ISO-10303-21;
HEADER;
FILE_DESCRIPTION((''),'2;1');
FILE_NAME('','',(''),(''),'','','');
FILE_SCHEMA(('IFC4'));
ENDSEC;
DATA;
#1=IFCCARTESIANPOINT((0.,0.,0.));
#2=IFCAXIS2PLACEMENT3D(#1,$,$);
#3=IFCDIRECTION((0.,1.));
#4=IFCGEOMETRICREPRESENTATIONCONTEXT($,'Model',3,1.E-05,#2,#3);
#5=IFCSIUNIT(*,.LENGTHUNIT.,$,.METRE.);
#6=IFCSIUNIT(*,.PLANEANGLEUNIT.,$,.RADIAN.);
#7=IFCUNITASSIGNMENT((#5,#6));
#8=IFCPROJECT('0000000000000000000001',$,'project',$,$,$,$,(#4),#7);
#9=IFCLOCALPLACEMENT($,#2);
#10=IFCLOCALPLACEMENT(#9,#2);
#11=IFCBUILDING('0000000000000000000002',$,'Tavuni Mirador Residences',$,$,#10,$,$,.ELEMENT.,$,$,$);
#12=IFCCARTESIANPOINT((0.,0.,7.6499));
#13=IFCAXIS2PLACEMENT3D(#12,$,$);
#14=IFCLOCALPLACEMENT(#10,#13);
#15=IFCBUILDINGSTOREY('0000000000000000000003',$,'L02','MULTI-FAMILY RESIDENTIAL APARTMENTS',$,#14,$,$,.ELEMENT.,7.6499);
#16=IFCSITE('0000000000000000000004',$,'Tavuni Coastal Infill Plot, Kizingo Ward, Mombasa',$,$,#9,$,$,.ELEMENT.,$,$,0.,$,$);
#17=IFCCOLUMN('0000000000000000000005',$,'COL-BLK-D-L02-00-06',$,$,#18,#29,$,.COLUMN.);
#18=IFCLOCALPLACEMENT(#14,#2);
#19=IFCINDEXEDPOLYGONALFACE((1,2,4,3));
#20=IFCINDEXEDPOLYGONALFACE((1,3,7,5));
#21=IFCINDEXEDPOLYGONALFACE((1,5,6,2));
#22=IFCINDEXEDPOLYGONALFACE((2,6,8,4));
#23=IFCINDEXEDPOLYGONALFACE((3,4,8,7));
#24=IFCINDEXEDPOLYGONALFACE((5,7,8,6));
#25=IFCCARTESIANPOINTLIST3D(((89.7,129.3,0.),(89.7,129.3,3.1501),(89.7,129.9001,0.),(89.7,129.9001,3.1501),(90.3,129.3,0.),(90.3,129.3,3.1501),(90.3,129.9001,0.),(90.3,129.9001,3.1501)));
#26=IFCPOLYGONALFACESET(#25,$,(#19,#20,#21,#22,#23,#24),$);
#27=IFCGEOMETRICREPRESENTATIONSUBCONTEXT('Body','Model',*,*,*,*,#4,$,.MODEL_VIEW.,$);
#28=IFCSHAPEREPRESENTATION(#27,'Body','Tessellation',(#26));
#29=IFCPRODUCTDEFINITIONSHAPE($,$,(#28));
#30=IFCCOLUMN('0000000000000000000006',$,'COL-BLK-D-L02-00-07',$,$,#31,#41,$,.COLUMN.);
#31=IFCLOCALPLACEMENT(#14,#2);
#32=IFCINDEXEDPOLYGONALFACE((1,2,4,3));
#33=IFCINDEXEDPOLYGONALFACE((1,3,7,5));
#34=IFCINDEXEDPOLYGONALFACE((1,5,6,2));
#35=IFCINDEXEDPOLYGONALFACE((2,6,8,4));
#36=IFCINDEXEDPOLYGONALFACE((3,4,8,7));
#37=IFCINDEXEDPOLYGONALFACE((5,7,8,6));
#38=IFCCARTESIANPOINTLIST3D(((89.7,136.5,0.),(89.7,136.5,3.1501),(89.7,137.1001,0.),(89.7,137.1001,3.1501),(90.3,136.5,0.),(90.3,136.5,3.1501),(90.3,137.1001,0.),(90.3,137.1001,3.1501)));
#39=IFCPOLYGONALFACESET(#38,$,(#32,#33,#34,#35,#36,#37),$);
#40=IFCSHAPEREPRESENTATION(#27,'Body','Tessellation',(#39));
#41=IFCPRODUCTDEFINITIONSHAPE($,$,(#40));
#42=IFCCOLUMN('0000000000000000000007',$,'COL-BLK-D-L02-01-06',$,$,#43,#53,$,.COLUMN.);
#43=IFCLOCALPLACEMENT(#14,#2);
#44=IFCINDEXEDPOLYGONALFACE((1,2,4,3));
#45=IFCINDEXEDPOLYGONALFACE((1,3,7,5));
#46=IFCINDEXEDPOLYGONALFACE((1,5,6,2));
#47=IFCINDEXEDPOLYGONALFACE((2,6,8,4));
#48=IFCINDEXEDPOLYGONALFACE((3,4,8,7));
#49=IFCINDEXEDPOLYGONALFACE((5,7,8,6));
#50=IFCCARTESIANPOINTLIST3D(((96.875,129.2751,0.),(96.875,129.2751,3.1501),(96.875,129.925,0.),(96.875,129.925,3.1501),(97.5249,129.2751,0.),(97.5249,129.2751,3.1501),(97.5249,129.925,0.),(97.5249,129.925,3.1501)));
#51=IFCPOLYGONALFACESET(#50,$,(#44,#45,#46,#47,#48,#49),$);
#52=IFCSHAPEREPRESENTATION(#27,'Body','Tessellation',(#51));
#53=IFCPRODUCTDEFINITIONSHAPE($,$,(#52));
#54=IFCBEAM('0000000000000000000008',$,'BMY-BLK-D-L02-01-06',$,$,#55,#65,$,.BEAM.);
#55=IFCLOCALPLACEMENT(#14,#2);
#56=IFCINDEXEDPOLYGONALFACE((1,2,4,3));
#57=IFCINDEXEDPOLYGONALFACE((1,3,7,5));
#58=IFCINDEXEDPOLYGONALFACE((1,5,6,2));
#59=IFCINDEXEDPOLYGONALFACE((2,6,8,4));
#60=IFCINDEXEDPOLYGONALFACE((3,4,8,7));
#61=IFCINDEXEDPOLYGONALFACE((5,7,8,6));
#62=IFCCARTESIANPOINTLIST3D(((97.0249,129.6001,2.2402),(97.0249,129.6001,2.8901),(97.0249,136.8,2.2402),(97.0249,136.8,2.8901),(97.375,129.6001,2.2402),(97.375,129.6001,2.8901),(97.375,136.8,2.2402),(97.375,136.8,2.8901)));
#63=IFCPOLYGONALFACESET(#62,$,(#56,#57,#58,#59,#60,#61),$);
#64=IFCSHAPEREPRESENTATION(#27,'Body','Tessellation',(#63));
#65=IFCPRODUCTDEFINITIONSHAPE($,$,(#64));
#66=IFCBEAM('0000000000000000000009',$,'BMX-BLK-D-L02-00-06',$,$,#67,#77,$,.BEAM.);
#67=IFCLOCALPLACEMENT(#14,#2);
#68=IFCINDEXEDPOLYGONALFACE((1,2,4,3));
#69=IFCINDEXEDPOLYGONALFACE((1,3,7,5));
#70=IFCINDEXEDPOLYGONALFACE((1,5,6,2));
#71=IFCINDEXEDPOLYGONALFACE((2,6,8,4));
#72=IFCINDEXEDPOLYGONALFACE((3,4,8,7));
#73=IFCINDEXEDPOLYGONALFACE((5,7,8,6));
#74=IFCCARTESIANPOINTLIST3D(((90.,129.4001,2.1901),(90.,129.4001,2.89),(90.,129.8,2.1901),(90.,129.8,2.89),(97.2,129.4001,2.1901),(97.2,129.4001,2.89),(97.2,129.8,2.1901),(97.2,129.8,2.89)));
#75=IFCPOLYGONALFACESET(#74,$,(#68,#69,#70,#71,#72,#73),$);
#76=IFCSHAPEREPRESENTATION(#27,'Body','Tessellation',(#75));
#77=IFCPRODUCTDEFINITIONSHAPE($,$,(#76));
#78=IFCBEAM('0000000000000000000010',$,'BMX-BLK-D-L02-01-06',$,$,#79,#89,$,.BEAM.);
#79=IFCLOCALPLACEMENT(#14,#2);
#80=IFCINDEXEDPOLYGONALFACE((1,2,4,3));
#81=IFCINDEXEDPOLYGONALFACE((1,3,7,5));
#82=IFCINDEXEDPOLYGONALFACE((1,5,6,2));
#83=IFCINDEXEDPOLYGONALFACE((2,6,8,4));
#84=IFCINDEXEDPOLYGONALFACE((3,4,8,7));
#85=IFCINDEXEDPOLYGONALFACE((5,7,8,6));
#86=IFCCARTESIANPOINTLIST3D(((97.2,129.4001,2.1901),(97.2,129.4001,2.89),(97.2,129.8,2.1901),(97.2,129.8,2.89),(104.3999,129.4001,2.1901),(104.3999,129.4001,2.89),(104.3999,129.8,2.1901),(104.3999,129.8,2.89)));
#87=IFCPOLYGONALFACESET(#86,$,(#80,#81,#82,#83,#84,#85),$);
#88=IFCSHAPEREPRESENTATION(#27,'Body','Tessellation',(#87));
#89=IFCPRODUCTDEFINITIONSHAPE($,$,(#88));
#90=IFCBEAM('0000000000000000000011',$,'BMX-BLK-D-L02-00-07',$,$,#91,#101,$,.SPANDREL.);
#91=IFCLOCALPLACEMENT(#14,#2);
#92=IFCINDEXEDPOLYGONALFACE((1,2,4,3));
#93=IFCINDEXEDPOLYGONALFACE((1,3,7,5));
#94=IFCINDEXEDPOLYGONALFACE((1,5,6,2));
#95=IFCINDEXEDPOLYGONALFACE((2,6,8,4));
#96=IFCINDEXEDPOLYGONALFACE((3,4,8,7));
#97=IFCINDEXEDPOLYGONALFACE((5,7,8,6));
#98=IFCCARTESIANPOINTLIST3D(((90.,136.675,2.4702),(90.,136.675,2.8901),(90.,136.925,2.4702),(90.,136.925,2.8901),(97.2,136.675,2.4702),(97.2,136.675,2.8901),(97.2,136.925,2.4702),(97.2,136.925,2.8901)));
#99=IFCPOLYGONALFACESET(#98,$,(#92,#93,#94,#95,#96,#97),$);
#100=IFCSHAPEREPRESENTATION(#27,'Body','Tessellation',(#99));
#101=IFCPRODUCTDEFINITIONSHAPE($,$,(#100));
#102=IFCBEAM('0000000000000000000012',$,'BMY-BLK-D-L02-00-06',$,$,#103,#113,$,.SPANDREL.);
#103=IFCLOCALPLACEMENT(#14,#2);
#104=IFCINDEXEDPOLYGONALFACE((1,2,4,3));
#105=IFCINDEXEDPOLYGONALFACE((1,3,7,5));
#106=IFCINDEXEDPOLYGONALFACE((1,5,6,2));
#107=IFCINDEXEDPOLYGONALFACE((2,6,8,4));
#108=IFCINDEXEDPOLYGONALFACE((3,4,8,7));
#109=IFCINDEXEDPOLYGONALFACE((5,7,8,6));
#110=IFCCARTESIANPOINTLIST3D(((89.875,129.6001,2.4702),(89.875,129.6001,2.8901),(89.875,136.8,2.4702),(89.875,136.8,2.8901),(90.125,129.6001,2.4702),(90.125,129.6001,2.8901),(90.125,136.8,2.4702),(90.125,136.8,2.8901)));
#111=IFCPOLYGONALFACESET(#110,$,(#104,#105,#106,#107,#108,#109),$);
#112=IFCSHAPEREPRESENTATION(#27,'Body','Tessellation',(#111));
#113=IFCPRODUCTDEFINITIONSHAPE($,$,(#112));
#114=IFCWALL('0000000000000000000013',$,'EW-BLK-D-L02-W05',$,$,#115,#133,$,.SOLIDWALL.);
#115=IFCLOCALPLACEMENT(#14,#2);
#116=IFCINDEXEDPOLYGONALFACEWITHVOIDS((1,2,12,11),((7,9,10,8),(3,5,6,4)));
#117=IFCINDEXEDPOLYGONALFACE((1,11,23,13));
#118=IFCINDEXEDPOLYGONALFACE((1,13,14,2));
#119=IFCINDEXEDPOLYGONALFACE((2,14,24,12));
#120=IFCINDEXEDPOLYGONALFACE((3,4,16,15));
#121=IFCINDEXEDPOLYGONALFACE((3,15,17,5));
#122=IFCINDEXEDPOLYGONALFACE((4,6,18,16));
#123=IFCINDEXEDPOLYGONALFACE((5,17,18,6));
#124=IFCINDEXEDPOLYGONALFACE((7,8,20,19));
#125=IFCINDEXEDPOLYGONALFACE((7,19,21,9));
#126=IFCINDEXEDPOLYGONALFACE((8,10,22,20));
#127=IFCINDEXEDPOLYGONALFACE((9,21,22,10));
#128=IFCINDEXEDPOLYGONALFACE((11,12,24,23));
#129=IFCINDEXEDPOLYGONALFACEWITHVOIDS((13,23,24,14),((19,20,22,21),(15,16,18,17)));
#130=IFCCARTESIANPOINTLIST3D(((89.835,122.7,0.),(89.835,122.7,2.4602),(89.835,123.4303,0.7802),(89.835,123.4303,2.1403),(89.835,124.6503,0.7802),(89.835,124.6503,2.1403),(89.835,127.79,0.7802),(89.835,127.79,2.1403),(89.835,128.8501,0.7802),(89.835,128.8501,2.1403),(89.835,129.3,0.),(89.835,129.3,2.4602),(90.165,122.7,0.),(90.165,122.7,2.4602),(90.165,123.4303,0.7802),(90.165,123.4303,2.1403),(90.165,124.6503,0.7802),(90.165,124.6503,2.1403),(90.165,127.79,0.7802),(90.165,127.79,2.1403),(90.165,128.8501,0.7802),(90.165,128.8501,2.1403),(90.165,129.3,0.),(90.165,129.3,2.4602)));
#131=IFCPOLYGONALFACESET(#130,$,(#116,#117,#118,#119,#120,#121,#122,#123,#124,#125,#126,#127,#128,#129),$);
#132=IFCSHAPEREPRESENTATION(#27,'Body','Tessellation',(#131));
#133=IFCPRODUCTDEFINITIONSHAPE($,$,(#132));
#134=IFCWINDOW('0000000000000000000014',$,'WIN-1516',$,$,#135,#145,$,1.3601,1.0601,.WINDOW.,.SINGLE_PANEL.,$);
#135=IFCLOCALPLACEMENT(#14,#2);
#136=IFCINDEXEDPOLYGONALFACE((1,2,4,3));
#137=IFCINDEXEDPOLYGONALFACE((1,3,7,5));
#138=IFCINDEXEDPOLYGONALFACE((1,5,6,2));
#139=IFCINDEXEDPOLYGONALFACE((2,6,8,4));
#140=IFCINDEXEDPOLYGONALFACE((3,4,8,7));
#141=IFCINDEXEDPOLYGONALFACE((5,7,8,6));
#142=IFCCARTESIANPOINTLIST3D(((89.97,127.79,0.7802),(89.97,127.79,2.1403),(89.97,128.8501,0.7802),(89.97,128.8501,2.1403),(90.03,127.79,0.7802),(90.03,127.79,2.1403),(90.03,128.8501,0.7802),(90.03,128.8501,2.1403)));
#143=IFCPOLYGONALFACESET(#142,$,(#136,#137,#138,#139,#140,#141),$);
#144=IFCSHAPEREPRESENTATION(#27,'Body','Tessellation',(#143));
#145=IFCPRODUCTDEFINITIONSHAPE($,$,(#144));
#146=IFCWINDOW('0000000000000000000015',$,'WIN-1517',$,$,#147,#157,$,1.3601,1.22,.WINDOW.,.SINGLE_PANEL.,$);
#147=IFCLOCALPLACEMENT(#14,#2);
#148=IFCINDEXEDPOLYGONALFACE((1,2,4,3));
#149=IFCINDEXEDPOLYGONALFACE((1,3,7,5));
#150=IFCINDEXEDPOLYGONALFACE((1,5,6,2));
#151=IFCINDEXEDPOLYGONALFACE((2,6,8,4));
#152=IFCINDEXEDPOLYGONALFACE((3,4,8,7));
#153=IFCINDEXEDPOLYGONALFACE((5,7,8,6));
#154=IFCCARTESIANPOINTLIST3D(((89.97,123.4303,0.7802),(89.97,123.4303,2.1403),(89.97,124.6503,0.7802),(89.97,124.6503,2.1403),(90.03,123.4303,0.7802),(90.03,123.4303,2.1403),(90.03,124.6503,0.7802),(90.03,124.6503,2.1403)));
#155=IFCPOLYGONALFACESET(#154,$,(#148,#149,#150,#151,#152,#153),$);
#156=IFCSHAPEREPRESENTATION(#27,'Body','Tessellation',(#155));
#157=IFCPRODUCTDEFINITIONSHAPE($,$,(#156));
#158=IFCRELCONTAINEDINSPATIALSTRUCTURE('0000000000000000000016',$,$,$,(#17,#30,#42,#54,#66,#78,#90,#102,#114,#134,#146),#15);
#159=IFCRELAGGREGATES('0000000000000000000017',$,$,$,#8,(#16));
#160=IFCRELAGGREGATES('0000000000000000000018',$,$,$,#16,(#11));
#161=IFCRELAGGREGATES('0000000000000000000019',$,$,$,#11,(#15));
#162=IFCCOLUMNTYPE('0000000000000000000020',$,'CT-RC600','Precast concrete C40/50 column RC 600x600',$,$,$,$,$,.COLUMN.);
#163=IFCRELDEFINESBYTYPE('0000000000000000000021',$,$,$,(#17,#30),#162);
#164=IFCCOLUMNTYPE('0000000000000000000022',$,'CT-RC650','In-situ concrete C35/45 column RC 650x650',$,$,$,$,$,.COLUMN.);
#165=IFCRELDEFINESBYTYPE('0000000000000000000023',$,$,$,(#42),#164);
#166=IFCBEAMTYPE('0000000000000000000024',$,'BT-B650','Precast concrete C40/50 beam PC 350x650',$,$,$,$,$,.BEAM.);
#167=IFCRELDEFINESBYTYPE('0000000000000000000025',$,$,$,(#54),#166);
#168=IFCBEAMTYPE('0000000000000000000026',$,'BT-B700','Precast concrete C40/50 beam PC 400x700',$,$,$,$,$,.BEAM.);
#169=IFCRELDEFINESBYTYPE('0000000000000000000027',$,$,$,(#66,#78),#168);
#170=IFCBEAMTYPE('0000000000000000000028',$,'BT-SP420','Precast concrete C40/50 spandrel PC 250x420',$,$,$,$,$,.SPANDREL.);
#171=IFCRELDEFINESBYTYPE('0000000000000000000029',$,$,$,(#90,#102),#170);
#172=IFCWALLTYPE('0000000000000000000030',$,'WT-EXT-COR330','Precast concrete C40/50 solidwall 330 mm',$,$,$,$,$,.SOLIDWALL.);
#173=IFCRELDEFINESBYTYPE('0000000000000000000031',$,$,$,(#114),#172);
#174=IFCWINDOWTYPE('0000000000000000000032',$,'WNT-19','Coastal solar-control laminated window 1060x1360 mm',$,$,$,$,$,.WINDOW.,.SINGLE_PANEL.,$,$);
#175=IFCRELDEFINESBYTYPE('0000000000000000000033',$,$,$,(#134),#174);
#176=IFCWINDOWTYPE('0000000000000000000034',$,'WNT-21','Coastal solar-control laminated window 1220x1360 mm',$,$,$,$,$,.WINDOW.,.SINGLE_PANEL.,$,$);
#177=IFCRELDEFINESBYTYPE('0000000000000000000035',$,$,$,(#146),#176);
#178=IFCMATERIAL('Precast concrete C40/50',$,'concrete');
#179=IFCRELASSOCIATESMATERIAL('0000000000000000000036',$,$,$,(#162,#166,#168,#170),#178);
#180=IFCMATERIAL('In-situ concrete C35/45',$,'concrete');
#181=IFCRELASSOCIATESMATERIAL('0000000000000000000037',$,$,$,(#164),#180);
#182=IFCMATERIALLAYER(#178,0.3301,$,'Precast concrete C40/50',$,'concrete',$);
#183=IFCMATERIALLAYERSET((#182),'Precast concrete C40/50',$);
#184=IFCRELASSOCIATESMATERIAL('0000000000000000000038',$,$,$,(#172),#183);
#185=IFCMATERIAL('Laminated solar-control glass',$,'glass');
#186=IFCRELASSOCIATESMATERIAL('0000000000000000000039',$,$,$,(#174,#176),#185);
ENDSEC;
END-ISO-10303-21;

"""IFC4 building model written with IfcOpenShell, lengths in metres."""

from ifc_helpers import new_model, si_unit, direction, frame, frame_2d, origin, origin_2d, place, context, subcontext, project, spatial, rectangle, extrude, material, layer, layer_set, material_profile, profile_set, type_object, element, fill, save


model = new_model("IFC4")

# Units and contexts
model_context = context("Model", 3, precision=1e-05, world=origin(), true_north=direction((0.0, 1.0)))
body_context = subcontext(model_context, "Body", "Model", "MODEL_VIEW")
ifc_project = project(units=[si_unit("LENGTHUNIT", "METRE"), si_unit("PLANEANGLEUNIT", "RADIAN")], contexts=[model_context])

# Site, building, storey
site_placement = place(None, origin())
site = spatial("IfcSite", under=ifc_project, at=site_placement, Name="Tavuni Coastal Infill Plot, Kizingo Ward, Mombasa", CompositionType="ELEMENT", RefElevation=0.0)
building_placement = place(site_placement, origin())
building = spatial("IfcBuilding", under=site, at=building_placement, Name="Tavuni Mirador Residences", CompositionType="ELEMENT")
storey_placement = place(building_placement, frame((0.0, 0.0, 7.6499)))
storey = spatial("IfcBuildingStorey", under=building, at=storey_placement, Name="L02", Description="MULTI-FAMILY RESIDENTIAL APARTMENTS", CompositionType="ELEMENT", Elevation=7.6499)

# Columns
ifc_material_1 = material(Name="Precast concrete C40/50", Category="concrete")
ifc_material_profile_1 = material_profile(ifc_material_1, rectangle(XDim=0.6001, YDim=0.6001, at=origin_2d()), Name="RC 600x600", Category="concrete")
ifc_profile_set_1 = profile_set([ifc_material_profile_1], Name="Precast concrete C40/50")
column_type_1 = type_object("IfcColumnType", Name="CT-RC600", Description="Precast concrete C40/50 column RC 600x600", PredefinedType="COLUMN", material=ifc_profile_set_1)
for number, where, z_axis, x_axis, name in (
    (1, (90.0, 129.6001, 0.0), (0.0, 0.0, 1.0), (1.0, 0.0, 0.0), "COL-BLK-D-L02-00-06"),
    (2, (90.0, 136.8, 0.0), (0.0, 0.0, 1.0), (1.0, 0.0, 0.0), "COL-BLK-D-L02-00-07"),
):
    element("IfcColumn", number, at=place(storey_placement, frame(where, z_axis=z_axis, x_axis=x_axis)), inside=storey, type_object=column_type_1, Name=name, PredefinedType="COLUMN", context=body_context, shape_type="SweptSolid", body=[
        extrude(rectangle(XDim=0.6001, YDim=0.6001, at=origin_2d()), origin(), (0.0, 0.0, 1.0), 3.1501),
    ])
ifc_material_2 = material(Name="In-situ concrete C35/45", Category="concrete")
ifc_material_profile_2 = material_profile(ifc_material_2, rectangle(XDim=0.6499, YDim=0.6499, at=origin_2d()), Name="RC 650x650", Category="concrete")
ifc_profile_set_2 = profile_set([ifc_material_profile_2], Name="In-situ concrete C35/45")
column_type_2 = type_object("IfcColumnType", Name="CT-RC650", Description="In-situ concrete C35/45 column RC 650x650", PredefinedType="COLUMN", material=ifc_profile_set_2)
column_placement = place(storey_placement, frame((97.2, 129.6001, 0.0), z_axis=(0.0, 0.0, 1.0), x_axis=(1.0, 0.0, 0.0)))
element("IfcColumn", 3, at=column_placement, inside=storey, type_object=column_type_2, Name="COL-BLK-D-L02-01-06", PredefinedType="COLUMN", context=body_context, shape_type="SweptSolid", body=[
    extrude(rectangle(XDim=0.6499, YDim=0.6499, at=origin_2d()), origin(), (0.0, 0.0, 1.0), 3.1501),
])

# Beams
ifc_material_profile_3 = material_profile(ifc_material_1, rectangle(XDim=0.3501, YDim=0.6499, at=origin_2d()), Name="PC 350x650", Category="concrete")
ifc_profile_set_3 = profile_set([ifc_material_profile_3], Name="Precast concrete C40/50")
beam_type_1 = type_object("IfcBeamType", Name="BT-B650", Description="Precast concrete C40/50 beam PC 350x650", PredefinedType="BEAM", material=ifc_profile_set_3)
beam_placement = place(storey_placement, frame((97.2, 129.6001, 2.5652), z_axis=(0.0, 1.0, 0.0), x_axis=(-1.0, 0.0, 0.0)))
element("IfcBeam", 4, at=beam_placement, inside=storey, type_object=beam_type_1, Name="BMY-BLK-D-L02-01-06", PredefinedType="BEAM", context=body_context, shape_type="SweptSolid", body=[
    extrude(rectangle(XDim=0.3501, YDim=0.6499, at=origin_2d()), origin(), (0.0, 0.0, 1.0), 7.2),
])
ifc_material_profile_4 = material_profile(ifc_material_1, rectangle(XDim=0.3999, YDim=0.7, at=origin_2d()), Name="PC 400x700", Category="concrete")
ifc_profile_set_4 = profile_set([ifc_material_profile_4], Name="Precast concrete C40/50")
beam_type_2 = type_object("IfcBeamType", Name="BT-B700", Description="Precast concrete C40/50 beam PC 400x700", PredefinedType="BEAM", material=ifc_profile_set_4)
for number, where, z_axis, x_axis, name in (
    (5, (90.0, 129.6001, 2.54), (1.0, 0.0, 0.0), (0.0, 1.0, 0.0), "BMX-BLK-D-L02-00-06"),
    (6, (97.2, 129.6001, 2.54), (1.0, 0.0, 0.0), (0.0, 1.0, 0.0), "BMX-BLK-D-L02-01-06"),
):
    element("IfcBeam", number, at=place(storey_placement, frame(where, z_axis=z_axis, x_axis=x_axis)), inside=storey, type_object=beam_type_2, Name=name, PredefinedType="BEAM", context=body_context, shape_type="SweptSolid", body=[
        extrude(rectangle(XDim=0.3999, YDim=0.7, at=origin_2d()), origin(), (0.0, 0.0, 1.0), 7.2),
    ])
ifc_material_profile_5 = material_profile(ifc_material_1, rectangle(XDim=0.25, YDim=0.4199, at=origin_2d()), Name="PC 250x420", Category="concrete")
ifc_profile_set_5 = profile_set([ifc_material_profile_5], Name="Precast concrete C40/50")
beam_type_3 = type_object("IfcBeamType", Name="BT-SP420", Description="Precast concrete C40/50 spandrel PC 250x420", PredefinedType="SPANDREL", material=ifc_profile_set_5)
for number, where, z_axis, x_axis, name in (
    (7, (90.0, 136.8, 2.6802), (1.0, 0.0, 0.0), (0.0, 1.0, 0.0), "BMX-BLK-D-L02-00-07"),
    (8, (90.0, 129.6001, 2.6802), (0.0, 1.0, 0.0), (-1.0, 0.0, 0.0), "BMY-BLK-D-L02-00-06"),
):
    element("IfcBeam", number, at=place(storey_placement, frame(where, z_axis=z_axis, x_axis=x_axis)), inside=storey, type_object=beam_type_3, Name=name, PredefinedType="SPANDREL", context=body_context, shape_type="SweptSolid", body=[
        extrude(rectangle(XDim=0.25, YDim=0.4199, at=origin_2d()), origin(), (0.0, 0.0, 1.0), 7.2),
    ])

# Wall, openings, windows
ifc_layer_1 = layer(ifc_material_1, 0.3301, Name="Precast concrete C40/50", Category="concrete")
ifc_layer_set_1 = layer_set([ifc_layer_1], Name="Precast concrete C40/50")
wall_type_1 = type_object("IfcWallType", Name="WT-EXT-COR330", Description="Precast concrete C40/50 solidwall 330 mm", PredefinedType="SOLIDWALL", material=ifc_layer_set_1)
wall_1_placement = place(storey_placement, frame((90.0, 129.3, 0.0), z_axis=(0.0, 0.0, 1.0), x_axis=(0.0, -1.0, 0.0)))
wall_1 = element("IfcWall", 9, at=wall_1_placement, inside=storey, type_object=wall_type_1, Name="EW-BLK-D-L02-W05", PredefinedType="SOLIDWALL", context=body_context, shape_type="SweptSolid", body=[
    extrude(rectangle(XDim=6.6001, YDim=0.3301, at=frame_2d((3.3, 0.0))), origin(), (0.0, 0.0, 1.0), 2.4602),
])
opening_1_placement = place(wall_1_placement, frame((0.45, 0.0, 0.78)))
opening_1 = element("IfcOpeningElement", 10, at=opening_1_placement, cuts=wall_1, PredefinedType="OPENING", context=body_context, shape_type="SweptSolid", body=[
    extrude(rectangle(XDim=1.0601, YDim=1.3601, at=frame_2d((0.53, 0.6802))), frame((0.0, 0.175, 0.0), z_axis=(0.0, -1.0, 0.0), x_axis=(1.0, 0.0, 0.0)), (0.0, 0.0, 1.0), 0.3501),
])
opening_2_placement = place(wall_1_placement, frame((4.6499, 0.0, 0.78)))
opening_2 = element("IfcOpeningElement", 11, at=opening_2_placement, cuts=wall_1, PredefinedType="OPENING", context=body_context, shape_type="SweptSolid", body=[
    extrude(rectangle(XDim=1.22, YDim=1.3601, at=frame_2d((0.6099, 0.6802))), frame((0.0, 0.175, 0.0), z_axis=(0.0, -1.0, 0.0), x_axis=(1.0, 0.0, 0.0)), (0.0, 0.0, 1.0), 0.3501),
])
ifc_material_3 = material(Name="Laminated solar-control glass", Category="glass")
window_type_1 = type_object("IfcWindowType", Name="WNT-19", Description="Coastal solar-control laminated window 1060x1360 mm", PartitioningType="SINGLE_PANEL", PredefinedType="WINDOW", material=ifc_material_3)
window_1_placement = place(opening_1_placement, origin())
window_1 = element("IfcWindow", 12, at=window_1_placement, inside=storey, type_object=window_type_1, Name="WIN-1516", OverallHeight=1.3601, OverallWidth=1.0601, PartitioningType="SINGLE_PANEL", PredefinedType="WINDOW", context=body_context, shape_type="SweptSolid", body=[
    extrude(rectangle(XDim=1.0601, YDim=1.3601, at=frame_2d((0.53, 0.6802))), frame((0.0, 0.03, 0.0), z_axis=(0.0, -1.0, 0.0), x_axis=(1.0, 0.0, 0.0)), (0.0, 0.0, 1.0), 0.0601),
])
fill(opening_1, window_1)
window_type_2 = type_object("IfcWindowType", Name="WNT-21", Description="Coastal solar-control laminated window 1220x1360 mm", PartitioningType="SINGLE_PANEL", PredefinedType="WINDOW", material=ifc_material_3)
window_2_placement = place(opening_2_placement, origin())
window_2 = element("IfcWindow", 13, at=window_2_placement, inside=storey, type_object=window_type_2, Name="WIN-1517", OverallHeight=1.3601, OverallWidth=1.22, PartitioningType="SINGLE_PANEL", PredefinedType="WINDOW", context=body_context, shape_type="SweptSolid", body=[
    extrude(rectangle(XDim=1.22, YDim=1.3601, at=frame_2d((0.6099, 0.6802))), frame((0.0, 0.03, 0.0), z_axis=(0.0, -1.0, 0.0), x_axis=(1.0, 0.0, 0.0)), (0.0, 0.0, 1.0), 0.0601),
])
fill(opening_2, window_2)

save(model, "model.ifc")
